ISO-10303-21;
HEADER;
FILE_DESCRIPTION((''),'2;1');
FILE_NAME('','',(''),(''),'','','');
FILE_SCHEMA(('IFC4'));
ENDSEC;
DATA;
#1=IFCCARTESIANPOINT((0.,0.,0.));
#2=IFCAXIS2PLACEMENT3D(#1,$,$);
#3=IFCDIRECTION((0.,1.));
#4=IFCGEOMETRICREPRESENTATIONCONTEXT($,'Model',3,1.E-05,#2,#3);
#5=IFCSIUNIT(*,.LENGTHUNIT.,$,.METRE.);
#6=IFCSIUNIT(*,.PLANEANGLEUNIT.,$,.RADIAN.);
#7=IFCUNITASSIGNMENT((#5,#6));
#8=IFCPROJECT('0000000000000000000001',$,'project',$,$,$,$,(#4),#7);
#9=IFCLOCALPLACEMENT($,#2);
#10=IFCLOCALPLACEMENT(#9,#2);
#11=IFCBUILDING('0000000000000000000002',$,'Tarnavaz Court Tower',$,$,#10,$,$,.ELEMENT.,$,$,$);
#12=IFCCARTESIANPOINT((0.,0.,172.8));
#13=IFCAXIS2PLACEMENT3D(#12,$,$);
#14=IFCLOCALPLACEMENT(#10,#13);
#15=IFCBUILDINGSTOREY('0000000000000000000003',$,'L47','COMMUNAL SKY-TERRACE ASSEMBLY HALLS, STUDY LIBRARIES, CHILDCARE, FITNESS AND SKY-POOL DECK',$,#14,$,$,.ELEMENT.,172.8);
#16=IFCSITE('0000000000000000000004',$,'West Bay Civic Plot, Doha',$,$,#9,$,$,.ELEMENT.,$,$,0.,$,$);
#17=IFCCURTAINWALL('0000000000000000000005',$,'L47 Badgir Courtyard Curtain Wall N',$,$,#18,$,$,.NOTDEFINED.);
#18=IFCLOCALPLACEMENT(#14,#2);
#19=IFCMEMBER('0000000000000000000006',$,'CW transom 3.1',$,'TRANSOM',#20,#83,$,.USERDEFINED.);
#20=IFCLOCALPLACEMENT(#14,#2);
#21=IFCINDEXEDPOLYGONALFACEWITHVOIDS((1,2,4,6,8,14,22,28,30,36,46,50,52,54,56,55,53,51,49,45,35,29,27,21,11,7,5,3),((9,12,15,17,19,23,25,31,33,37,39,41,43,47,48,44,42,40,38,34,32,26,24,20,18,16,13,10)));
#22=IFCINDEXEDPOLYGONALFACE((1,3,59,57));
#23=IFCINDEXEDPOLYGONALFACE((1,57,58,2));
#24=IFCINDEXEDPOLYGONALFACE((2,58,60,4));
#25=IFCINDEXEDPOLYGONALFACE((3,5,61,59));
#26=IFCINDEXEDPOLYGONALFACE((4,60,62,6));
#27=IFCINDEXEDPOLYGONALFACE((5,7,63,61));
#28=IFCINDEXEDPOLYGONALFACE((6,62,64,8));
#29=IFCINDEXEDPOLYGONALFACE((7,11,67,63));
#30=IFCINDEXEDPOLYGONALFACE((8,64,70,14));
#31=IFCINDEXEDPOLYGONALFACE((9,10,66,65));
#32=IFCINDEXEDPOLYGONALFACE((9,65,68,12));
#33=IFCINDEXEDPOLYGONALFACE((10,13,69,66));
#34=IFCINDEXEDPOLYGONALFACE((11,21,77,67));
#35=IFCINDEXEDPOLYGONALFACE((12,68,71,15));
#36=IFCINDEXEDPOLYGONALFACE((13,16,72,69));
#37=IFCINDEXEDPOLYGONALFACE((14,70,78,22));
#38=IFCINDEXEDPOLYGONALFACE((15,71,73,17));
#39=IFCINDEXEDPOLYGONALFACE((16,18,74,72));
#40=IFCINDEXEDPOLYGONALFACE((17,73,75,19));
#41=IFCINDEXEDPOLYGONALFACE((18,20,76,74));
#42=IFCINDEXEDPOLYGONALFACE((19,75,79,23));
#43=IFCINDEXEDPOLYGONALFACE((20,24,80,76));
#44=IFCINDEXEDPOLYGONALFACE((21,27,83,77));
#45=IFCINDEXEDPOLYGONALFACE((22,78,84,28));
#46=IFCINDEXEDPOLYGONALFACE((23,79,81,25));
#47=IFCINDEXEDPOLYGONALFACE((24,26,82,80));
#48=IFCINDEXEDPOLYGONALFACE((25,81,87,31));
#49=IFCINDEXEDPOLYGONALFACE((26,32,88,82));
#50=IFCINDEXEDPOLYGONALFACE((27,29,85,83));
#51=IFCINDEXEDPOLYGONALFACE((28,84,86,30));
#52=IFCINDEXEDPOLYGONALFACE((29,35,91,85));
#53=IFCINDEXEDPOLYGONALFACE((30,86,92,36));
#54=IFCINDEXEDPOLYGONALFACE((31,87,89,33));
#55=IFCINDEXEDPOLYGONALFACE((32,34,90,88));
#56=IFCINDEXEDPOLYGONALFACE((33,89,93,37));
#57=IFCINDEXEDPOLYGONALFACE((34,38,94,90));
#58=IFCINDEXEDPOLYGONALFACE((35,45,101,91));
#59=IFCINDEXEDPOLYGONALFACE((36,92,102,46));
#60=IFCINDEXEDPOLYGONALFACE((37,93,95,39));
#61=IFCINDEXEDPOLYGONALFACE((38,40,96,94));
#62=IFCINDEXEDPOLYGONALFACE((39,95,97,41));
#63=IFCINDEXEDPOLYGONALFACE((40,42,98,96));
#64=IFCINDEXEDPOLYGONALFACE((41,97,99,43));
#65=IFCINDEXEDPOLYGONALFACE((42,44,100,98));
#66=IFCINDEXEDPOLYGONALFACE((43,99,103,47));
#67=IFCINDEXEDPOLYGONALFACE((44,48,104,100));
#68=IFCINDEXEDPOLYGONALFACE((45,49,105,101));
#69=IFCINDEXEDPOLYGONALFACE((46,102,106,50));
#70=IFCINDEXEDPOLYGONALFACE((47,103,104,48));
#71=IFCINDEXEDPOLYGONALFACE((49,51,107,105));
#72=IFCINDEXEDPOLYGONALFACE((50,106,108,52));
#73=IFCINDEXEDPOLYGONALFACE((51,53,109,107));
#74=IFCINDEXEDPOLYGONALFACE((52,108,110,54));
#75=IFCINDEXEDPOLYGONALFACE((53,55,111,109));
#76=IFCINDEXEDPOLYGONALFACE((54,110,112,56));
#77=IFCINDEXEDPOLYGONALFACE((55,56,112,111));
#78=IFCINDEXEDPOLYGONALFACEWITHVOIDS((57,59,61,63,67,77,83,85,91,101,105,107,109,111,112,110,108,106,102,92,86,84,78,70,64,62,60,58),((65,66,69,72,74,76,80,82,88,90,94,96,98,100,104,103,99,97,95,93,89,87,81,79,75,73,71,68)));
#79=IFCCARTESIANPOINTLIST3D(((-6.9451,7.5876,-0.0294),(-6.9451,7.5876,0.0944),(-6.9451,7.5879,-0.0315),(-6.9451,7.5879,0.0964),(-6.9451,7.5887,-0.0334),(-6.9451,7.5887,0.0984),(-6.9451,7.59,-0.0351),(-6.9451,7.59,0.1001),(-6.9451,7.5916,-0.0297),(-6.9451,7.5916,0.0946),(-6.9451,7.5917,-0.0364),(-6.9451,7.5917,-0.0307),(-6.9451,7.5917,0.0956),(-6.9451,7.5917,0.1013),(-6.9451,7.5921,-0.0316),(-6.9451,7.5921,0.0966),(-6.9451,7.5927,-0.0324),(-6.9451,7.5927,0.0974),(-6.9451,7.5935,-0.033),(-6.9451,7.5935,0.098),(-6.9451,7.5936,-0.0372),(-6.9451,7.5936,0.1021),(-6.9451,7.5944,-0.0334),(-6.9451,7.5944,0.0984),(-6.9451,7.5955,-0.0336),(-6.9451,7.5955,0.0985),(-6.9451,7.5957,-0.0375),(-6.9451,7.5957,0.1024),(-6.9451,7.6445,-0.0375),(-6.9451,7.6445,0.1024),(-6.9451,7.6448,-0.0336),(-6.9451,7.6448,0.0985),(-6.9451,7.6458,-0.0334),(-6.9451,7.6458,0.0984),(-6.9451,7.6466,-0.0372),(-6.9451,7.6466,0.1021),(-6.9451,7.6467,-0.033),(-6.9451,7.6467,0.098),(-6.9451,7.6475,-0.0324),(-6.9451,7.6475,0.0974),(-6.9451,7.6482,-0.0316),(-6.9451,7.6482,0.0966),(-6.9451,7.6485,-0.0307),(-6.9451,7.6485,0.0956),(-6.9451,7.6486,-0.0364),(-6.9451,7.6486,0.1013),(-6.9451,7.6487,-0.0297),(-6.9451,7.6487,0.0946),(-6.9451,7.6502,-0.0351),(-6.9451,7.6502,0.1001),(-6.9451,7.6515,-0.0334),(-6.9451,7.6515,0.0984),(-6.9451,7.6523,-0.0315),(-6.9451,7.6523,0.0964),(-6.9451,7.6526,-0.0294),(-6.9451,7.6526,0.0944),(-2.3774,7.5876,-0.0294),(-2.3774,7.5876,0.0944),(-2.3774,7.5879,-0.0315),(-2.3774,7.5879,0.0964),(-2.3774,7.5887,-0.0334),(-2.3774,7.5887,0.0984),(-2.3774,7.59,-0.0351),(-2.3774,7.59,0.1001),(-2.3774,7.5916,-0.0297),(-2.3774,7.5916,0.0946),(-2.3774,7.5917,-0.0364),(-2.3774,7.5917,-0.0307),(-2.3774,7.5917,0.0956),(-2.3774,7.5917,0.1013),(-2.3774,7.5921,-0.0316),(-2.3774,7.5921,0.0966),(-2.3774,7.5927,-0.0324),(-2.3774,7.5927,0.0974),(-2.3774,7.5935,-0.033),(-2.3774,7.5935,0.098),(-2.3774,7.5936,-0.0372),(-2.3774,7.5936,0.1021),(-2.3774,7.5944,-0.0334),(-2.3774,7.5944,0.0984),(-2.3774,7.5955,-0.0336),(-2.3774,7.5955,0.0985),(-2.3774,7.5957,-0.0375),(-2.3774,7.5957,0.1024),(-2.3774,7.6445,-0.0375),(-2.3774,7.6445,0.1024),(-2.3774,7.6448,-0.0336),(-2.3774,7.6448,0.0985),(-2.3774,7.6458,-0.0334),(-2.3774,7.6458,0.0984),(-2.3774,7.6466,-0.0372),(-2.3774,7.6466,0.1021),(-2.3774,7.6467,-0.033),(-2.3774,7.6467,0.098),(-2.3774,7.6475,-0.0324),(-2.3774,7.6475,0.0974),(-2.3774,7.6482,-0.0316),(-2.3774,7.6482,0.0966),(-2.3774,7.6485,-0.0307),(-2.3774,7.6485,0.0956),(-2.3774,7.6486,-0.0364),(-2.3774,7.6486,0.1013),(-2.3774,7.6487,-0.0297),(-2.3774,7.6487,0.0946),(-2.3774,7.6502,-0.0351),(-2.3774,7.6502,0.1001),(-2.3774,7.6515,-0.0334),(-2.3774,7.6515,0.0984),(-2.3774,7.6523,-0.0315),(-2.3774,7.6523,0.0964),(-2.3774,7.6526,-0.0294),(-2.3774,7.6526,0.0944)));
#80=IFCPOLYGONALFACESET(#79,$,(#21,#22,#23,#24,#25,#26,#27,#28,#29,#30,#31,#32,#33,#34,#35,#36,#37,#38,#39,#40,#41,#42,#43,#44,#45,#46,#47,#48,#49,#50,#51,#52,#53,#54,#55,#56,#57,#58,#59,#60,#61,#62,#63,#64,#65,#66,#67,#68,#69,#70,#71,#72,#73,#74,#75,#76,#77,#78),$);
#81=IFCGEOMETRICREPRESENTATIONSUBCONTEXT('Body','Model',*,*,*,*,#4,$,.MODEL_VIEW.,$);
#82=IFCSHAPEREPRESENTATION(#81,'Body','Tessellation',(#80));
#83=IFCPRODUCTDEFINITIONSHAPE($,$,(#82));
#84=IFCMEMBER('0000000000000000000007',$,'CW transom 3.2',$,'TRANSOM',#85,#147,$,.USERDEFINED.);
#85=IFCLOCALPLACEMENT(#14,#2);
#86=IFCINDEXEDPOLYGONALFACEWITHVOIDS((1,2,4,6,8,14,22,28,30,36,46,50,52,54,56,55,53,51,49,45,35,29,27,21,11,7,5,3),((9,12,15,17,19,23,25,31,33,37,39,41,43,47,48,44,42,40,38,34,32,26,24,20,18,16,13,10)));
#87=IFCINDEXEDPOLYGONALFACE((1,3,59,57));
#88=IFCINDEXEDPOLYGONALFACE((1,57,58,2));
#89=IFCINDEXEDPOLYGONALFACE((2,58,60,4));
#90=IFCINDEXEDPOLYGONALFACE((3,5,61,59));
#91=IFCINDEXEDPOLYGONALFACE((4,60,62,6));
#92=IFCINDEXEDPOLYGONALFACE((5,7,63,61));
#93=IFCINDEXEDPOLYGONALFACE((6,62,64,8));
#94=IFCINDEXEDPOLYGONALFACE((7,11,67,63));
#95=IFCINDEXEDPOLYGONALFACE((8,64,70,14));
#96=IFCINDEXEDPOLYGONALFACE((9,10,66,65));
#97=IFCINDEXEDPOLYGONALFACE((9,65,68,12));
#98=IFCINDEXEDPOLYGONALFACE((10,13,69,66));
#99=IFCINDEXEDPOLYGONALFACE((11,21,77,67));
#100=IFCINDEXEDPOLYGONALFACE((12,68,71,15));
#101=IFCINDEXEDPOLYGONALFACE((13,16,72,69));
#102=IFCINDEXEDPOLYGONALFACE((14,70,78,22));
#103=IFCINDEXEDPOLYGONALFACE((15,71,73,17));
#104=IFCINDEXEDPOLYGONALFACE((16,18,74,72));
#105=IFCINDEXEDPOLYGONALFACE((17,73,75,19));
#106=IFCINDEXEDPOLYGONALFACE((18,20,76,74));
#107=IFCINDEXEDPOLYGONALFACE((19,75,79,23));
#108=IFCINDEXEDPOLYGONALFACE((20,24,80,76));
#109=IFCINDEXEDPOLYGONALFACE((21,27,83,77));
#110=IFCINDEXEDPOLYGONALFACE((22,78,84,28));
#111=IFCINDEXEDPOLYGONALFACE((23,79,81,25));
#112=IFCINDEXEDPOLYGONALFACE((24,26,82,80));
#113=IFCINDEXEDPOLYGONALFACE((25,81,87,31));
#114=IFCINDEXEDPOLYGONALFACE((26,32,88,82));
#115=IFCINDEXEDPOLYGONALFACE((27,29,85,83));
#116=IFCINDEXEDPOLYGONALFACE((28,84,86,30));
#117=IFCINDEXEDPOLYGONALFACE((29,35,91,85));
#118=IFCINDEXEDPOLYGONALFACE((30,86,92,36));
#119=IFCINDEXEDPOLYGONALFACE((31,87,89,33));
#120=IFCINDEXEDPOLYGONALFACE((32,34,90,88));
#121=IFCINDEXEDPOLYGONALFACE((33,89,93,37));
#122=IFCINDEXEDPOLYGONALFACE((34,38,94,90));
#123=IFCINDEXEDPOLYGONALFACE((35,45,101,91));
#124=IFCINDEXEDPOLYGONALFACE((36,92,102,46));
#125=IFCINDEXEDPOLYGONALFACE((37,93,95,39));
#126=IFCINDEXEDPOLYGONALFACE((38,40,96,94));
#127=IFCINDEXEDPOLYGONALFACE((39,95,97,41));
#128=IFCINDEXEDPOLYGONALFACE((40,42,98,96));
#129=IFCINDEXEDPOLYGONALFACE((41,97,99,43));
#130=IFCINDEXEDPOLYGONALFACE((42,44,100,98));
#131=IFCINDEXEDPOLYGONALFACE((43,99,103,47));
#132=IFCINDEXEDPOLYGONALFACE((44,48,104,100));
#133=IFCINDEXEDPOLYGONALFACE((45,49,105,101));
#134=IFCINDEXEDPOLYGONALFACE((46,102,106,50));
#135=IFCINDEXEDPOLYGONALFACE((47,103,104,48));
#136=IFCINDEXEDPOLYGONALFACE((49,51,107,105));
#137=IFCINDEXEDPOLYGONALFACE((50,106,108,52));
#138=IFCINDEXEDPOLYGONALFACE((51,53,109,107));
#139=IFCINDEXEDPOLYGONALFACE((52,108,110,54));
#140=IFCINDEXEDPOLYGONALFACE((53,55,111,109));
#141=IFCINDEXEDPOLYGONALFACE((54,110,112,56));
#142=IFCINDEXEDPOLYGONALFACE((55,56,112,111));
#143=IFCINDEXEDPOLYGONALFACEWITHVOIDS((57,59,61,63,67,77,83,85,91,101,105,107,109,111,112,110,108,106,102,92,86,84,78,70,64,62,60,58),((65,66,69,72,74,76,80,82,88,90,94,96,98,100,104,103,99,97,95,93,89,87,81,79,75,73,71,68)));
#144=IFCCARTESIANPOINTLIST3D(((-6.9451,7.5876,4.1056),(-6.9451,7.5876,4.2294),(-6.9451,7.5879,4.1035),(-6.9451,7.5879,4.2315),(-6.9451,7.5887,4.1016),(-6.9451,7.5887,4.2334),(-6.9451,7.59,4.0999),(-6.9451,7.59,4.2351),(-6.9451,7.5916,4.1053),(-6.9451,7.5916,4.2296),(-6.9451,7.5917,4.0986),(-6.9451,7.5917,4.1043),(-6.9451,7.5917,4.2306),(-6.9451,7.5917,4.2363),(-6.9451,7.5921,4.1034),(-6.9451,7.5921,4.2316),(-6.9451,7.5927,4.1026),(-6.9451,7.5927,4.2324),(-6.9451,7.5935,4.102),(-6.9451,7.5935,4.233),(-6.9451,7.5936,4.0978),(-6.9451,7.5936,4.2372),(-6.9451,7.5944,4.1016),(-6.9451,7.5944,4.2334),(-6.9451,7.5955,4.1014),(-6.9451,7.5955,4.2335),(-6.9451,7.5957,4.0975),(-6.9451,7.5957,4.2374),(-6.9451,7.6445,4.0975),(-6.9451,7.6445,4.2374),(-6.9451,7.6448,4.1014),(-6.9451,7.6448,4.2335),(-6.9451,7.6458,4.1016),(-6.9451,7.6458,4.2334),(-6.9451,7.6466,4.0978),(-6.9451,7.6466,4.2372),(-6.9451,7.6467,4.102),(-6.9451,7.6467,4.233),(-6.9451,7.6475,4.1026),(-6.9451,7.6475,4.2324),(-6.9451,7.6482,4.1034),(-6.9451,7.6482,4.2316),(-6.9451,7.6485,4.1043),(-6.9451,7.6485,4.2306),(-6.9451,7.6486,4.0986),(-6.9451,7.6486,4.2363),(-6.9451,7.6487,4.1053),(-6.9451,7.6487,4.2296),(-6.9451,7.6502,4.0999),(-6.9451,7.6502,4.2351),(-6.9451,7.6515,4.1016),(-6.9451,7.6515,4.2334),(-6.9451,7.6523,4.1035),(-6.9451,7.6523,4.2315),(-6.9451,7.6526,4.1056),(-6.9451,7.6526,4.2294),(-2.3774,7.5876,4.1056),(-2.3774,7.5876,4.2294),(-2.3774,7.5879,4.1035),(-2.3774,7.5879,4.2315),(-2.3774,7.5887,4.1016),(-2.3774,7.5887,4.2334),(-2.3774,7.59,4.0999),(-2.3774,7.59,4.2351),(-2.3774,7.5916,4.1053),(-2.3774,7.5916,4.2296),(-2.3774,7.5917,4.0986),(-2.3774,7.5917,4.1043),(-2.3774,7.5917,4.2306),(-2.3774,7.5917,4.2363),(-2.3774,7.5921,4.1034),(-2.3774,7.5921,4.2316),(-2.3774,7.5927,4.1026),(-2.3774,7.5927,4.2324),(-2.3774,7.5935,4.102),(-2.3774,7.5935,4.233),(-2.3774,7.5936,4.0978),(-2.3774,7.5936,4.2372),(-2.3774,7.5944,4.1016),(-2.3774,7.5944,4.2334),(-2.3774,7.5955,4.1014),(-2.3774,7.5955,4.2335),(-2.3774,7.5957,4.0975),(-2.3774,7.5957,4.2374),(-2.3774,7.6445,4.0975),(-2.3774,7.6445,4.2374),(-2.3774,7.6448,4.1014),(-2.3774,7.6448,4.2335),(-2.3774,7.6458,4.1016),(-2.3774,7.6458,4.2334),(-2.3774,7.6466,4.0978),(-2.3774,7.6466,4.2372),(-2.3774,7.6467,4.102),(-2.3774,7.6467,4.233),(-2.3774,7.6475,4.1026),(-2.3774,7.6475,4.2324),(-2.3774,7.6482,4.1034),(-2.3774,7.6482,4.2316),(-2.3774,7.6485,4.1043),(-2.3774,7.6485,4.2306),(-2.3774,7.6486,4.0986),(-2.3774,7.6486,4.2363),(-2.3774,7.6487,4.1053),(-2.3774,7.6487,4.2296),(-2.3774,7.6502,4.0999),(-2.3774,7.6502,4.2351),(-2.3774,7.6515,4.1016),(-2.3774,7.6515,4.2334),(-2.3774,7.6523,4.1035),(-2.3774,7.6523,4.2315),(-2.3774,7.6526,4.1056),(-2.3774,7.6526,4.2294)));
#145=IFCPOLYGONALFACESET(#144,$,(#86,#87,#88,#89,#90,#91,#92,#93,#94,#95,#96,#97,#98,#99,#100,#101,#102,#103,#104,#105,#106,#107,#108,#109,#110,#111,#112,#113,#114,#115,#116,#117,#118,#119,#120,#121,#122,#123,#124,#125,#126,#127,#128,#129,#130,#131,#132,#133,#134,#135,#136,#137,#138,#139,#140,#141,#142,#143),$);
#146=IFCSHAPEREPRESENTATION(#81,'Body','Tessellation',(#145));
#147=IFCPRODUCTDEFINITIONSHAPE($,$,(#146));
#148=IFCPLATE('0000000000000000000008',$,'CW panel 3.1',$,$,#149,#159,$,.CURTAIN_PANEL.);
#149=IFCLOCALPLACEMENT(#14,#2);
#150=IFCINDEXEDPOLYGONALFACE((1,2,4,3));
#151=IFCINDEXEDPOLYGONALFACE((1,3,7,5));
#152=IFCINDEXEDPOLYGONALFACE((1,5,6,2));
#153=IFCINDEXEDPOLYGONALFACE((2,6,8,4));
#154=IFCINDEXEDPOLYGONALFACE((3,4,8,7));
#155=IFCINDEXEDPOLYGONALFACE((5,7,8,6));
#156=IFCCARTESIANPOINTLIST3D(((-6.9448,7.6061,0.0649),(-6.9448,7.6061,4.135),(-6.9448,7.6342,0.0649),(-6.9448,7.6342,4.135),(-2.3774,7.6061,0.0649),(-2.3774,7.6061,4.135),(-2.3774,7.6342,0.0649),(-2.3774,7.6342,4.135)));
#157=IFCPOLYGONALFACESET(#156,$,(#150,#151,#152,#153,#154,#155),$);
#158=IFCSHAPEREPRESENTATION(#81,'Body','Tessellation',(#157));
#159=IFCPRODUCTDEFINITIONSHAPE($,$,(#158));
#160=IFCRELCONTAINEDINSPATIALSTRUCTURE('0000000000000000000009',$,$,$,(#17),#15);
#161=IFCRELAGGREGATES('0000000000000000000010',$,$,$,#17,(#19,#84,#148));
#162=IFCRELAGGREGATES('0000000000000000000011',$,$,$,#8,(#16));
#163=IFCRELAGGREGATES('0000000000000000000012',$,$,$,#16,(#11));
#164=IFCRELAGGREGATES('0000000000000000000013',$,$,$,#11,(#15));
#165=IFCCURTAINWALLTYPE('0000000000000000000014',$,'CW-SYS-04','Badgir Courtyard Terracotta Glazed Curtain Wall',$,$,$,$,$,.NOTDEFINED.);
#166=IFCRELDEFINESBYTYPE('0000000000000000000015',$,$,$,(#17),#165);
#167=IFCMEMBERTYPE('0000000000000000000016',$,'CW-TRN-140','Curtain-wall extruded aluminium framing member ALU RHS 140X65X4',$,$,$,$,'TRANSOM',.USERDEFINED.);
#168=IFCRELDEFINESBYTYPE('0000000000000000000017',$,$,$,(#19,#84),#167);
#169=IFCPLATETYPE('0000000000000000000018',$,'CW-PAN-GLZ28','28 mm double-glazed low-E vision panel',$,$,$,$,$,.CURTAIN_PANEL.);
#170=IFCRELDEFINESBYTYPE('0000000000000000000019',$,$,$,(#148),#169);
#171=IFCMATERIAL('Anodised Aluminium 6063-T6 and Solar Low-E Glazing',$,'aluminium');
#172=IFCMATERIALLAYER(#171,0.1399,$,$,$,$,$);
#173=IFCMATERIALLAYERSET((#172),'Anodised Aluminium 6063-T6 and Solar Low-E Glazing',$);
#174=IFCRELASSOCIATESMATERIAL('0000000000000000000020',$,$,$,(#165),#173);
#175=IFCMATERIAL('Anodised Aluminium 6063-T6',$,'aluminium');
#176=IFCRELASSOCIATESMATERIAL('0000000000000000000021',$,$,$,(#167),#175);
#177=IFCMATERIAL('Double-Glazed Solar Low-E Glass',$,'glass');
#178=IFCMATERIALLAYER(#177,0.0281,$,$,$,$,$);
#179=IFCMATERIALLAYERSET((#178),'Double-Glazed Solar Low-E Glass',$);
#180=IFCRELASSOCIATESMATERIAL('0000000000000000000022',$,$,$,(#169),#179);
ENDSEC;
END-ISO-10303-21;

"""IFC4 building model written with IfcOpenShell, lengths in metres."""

from ifc_helpers import new_model, si_unit, direction, frame, origin, origin_2d, place, context, subcontext, project, spatial, rectangle, hollow_rectangle, extrude, material, layer, layer_set, material_profile, profile_set, type_object, element, aggregate, save


model = new_model("IFC4")

# Units and contexts
model_context = context("Model", 3, precision=1e-05, world=origin(), true_north=direction((0.0, 1.0)))
body_context = subcontext(model_context, "Body", "Model", "MODEL_VIEW")
ifc_project = project(units=[si_unit("LENGTHUNIT", "METRE"), si_unit("PLANEANGLEUNIT", "RADIAN")], contexts=[model_context])

# Site, building, storey
site_placement = place(None, origin())
site = spatial("IfcSite", under=ifc_project, at=site_placement, Name="West Bay Civic Plot, Doha", CompositionType="ELEMENT", RefElevation=0.0)
building_placement = place(site_placement, origin())
building = spatial("IfcBuilding", under=site, at=building_placement, Name="Tarnavaz Court Tower", CompositionType="ELEMENT")
storey_placement = place(building_placement, frame((0.0, 0.0, 172.8)))
storey = spatial("IfcBuildingStorey", under=building, at=storey_placement, Name="L47", Description="COMMUNAL SKY-TERRACE ASSEMBLY HALLS, STUDY LIBRARIES, CHILDCARE, FITNESS AND SKY-POOL DECK", CompositionType="ELEMENT", Elevation=172.8)

# Curtain wall, members, plate
ifc_material_1 = material(Name="Anodised Aluminium 6063-T6 and Solar Low-E Glazing", Category="aluminium")
ifc_layer_1 = layer(ifc_material_1, 0.1399)
ifc_layer_set_1 = layer_set([ifc_layer_1], Name="Anodised Aluminium 6063-T6 and Solar Low-E Glazing")
curtain_wall_type = type_object("IfcCurtainWallType", Name="CW-SYS-04", Description="Badgir Courtyard Terracotta Glazed Curtain Wall", PredefinedType="NOTDEFINED", material=ifc_layer_set_1)
curtain_wall_placement = place(storey_placement, origin())
curtain_wall = element("IfcCurtainWall", 1, at=curtain_wall_placement, inside=storey, type_object=curtain_wall_type, Name="L47 Badgir Courtyard Curtain Wall N", PredefinedType="NOTDEFINED")
ifc_material_2 = material(Name="Anodised Aluminium 6063-T6", Category="aluminium")
ifc_material_profile_1 = material_profile(ifc_material_2, hollow_rectangle(XDim=0.0649, YDim=0.1399, WallThickness=0.0039, InnerFilletRadius=0.0039, OuterFilletRadius=0.0081, at=origin_2d()), Name="ALU RHS 140X65X4")
ifc_profile_set_1 = profile_set([ifc_material_profile_1], Name="Anodised Aluminium 6063-T6")
member_type_1 = type_object("IfcMemberType", Name="CW-TRN-140", Description="Curtain-wall extruded aluminium framing member ALU RHS 140X65X4", ElementType="TRANSOM", PredefinedType="USERDEFINED", material=ifc_profile_set_1)
member_1_placement = place(storey_placement, frame((-2.3774, 7.6201, 0.0325), z_axis=(-1.0, 0.0, 0.0), x_axis=(0.0, -1.0, 0.0)))
member_1 = element("IfcMember", 2, at=member_1_placement, type_object=member_type_1, Name="CW transom 3.1", ObjectType="TRANSOM", PredefinedType="USERDEFINED", context=body_context, shape_type="SweptSolid", body=[
    extrude(hollow_rectangle(XDim=0.0649, YDim=0.1399, WallThickness=0.0039, InnerFilletRadius=0.0039, OuterFilletRadius=0.0081, at=origin_2d()), origin(), (0.0, 0.0, 1.0), 4.5676),
])
member_2_placement = place(storey_placement, frame((-2.3774, 7.6201, 4.1675), z_axis=(-1.0, 0.0, 0.0), x_axis=(0.0, -1.0, 0.0)))
member_2 = element("IfcMember", 3, at=member_2_placement, type_object=member_type_1, Name="CW transom 3.2", ObjectType="TRANSOM", PredefinedType="USERDEFINED", context=body_context, shape_type="SweptSolid", body=[
    extrude(hollow_rectangle(XDim=0.0649, YDim=0.1399, WallThickness=0.0039, InnerFilletRadius=0.0039, OuterFilletRadius=0.0081, at=origin_2d()), origin(), (0.0, 0.0, 1.0), 4.5676),
])
ifc_material_3 = material(Name="Double-Glazed Solar Low-E Glass", Category="glass")
ifc_layer_2 = layer(ifc_material_3, 0.0281)
ifc_layer_set_2 = layer_set([ifc_layer_2], Name="Double-Glazed Solar Low-E Glass")
plate_type = type_object("IfcPlateType", Name="CW-PAN-GLZ28", Description="28 mm double-glazed low-E vision panel", PredefinedType="CURTAIN_PANEL", material=ifc_layer_set_2)
plate_placement = place(storey_placement, frame((-4.6611, 7.6201, 0.0649), z_axis=(0.0, 0.0, 1.0), x_axis=(-1.0, 0.0, 0.0)))
plate = element("IfcPlate", 4, at=plate_placement, type_object=plate_type, Name="CW panel 3.1", PredefinedType="CURTAIN_PANEL", context=body_context, shape_type="SweptSolid", body=[
    extrude(rectangle(XDim=4.5674, YDim=0.0281, at=origin_2d()), origin(), (0.0, 0.0, 1.0), 4.0701),
])
aggregate(curtain_wall, [member_1, member_2, plate])

save(model, "model.ifc")
